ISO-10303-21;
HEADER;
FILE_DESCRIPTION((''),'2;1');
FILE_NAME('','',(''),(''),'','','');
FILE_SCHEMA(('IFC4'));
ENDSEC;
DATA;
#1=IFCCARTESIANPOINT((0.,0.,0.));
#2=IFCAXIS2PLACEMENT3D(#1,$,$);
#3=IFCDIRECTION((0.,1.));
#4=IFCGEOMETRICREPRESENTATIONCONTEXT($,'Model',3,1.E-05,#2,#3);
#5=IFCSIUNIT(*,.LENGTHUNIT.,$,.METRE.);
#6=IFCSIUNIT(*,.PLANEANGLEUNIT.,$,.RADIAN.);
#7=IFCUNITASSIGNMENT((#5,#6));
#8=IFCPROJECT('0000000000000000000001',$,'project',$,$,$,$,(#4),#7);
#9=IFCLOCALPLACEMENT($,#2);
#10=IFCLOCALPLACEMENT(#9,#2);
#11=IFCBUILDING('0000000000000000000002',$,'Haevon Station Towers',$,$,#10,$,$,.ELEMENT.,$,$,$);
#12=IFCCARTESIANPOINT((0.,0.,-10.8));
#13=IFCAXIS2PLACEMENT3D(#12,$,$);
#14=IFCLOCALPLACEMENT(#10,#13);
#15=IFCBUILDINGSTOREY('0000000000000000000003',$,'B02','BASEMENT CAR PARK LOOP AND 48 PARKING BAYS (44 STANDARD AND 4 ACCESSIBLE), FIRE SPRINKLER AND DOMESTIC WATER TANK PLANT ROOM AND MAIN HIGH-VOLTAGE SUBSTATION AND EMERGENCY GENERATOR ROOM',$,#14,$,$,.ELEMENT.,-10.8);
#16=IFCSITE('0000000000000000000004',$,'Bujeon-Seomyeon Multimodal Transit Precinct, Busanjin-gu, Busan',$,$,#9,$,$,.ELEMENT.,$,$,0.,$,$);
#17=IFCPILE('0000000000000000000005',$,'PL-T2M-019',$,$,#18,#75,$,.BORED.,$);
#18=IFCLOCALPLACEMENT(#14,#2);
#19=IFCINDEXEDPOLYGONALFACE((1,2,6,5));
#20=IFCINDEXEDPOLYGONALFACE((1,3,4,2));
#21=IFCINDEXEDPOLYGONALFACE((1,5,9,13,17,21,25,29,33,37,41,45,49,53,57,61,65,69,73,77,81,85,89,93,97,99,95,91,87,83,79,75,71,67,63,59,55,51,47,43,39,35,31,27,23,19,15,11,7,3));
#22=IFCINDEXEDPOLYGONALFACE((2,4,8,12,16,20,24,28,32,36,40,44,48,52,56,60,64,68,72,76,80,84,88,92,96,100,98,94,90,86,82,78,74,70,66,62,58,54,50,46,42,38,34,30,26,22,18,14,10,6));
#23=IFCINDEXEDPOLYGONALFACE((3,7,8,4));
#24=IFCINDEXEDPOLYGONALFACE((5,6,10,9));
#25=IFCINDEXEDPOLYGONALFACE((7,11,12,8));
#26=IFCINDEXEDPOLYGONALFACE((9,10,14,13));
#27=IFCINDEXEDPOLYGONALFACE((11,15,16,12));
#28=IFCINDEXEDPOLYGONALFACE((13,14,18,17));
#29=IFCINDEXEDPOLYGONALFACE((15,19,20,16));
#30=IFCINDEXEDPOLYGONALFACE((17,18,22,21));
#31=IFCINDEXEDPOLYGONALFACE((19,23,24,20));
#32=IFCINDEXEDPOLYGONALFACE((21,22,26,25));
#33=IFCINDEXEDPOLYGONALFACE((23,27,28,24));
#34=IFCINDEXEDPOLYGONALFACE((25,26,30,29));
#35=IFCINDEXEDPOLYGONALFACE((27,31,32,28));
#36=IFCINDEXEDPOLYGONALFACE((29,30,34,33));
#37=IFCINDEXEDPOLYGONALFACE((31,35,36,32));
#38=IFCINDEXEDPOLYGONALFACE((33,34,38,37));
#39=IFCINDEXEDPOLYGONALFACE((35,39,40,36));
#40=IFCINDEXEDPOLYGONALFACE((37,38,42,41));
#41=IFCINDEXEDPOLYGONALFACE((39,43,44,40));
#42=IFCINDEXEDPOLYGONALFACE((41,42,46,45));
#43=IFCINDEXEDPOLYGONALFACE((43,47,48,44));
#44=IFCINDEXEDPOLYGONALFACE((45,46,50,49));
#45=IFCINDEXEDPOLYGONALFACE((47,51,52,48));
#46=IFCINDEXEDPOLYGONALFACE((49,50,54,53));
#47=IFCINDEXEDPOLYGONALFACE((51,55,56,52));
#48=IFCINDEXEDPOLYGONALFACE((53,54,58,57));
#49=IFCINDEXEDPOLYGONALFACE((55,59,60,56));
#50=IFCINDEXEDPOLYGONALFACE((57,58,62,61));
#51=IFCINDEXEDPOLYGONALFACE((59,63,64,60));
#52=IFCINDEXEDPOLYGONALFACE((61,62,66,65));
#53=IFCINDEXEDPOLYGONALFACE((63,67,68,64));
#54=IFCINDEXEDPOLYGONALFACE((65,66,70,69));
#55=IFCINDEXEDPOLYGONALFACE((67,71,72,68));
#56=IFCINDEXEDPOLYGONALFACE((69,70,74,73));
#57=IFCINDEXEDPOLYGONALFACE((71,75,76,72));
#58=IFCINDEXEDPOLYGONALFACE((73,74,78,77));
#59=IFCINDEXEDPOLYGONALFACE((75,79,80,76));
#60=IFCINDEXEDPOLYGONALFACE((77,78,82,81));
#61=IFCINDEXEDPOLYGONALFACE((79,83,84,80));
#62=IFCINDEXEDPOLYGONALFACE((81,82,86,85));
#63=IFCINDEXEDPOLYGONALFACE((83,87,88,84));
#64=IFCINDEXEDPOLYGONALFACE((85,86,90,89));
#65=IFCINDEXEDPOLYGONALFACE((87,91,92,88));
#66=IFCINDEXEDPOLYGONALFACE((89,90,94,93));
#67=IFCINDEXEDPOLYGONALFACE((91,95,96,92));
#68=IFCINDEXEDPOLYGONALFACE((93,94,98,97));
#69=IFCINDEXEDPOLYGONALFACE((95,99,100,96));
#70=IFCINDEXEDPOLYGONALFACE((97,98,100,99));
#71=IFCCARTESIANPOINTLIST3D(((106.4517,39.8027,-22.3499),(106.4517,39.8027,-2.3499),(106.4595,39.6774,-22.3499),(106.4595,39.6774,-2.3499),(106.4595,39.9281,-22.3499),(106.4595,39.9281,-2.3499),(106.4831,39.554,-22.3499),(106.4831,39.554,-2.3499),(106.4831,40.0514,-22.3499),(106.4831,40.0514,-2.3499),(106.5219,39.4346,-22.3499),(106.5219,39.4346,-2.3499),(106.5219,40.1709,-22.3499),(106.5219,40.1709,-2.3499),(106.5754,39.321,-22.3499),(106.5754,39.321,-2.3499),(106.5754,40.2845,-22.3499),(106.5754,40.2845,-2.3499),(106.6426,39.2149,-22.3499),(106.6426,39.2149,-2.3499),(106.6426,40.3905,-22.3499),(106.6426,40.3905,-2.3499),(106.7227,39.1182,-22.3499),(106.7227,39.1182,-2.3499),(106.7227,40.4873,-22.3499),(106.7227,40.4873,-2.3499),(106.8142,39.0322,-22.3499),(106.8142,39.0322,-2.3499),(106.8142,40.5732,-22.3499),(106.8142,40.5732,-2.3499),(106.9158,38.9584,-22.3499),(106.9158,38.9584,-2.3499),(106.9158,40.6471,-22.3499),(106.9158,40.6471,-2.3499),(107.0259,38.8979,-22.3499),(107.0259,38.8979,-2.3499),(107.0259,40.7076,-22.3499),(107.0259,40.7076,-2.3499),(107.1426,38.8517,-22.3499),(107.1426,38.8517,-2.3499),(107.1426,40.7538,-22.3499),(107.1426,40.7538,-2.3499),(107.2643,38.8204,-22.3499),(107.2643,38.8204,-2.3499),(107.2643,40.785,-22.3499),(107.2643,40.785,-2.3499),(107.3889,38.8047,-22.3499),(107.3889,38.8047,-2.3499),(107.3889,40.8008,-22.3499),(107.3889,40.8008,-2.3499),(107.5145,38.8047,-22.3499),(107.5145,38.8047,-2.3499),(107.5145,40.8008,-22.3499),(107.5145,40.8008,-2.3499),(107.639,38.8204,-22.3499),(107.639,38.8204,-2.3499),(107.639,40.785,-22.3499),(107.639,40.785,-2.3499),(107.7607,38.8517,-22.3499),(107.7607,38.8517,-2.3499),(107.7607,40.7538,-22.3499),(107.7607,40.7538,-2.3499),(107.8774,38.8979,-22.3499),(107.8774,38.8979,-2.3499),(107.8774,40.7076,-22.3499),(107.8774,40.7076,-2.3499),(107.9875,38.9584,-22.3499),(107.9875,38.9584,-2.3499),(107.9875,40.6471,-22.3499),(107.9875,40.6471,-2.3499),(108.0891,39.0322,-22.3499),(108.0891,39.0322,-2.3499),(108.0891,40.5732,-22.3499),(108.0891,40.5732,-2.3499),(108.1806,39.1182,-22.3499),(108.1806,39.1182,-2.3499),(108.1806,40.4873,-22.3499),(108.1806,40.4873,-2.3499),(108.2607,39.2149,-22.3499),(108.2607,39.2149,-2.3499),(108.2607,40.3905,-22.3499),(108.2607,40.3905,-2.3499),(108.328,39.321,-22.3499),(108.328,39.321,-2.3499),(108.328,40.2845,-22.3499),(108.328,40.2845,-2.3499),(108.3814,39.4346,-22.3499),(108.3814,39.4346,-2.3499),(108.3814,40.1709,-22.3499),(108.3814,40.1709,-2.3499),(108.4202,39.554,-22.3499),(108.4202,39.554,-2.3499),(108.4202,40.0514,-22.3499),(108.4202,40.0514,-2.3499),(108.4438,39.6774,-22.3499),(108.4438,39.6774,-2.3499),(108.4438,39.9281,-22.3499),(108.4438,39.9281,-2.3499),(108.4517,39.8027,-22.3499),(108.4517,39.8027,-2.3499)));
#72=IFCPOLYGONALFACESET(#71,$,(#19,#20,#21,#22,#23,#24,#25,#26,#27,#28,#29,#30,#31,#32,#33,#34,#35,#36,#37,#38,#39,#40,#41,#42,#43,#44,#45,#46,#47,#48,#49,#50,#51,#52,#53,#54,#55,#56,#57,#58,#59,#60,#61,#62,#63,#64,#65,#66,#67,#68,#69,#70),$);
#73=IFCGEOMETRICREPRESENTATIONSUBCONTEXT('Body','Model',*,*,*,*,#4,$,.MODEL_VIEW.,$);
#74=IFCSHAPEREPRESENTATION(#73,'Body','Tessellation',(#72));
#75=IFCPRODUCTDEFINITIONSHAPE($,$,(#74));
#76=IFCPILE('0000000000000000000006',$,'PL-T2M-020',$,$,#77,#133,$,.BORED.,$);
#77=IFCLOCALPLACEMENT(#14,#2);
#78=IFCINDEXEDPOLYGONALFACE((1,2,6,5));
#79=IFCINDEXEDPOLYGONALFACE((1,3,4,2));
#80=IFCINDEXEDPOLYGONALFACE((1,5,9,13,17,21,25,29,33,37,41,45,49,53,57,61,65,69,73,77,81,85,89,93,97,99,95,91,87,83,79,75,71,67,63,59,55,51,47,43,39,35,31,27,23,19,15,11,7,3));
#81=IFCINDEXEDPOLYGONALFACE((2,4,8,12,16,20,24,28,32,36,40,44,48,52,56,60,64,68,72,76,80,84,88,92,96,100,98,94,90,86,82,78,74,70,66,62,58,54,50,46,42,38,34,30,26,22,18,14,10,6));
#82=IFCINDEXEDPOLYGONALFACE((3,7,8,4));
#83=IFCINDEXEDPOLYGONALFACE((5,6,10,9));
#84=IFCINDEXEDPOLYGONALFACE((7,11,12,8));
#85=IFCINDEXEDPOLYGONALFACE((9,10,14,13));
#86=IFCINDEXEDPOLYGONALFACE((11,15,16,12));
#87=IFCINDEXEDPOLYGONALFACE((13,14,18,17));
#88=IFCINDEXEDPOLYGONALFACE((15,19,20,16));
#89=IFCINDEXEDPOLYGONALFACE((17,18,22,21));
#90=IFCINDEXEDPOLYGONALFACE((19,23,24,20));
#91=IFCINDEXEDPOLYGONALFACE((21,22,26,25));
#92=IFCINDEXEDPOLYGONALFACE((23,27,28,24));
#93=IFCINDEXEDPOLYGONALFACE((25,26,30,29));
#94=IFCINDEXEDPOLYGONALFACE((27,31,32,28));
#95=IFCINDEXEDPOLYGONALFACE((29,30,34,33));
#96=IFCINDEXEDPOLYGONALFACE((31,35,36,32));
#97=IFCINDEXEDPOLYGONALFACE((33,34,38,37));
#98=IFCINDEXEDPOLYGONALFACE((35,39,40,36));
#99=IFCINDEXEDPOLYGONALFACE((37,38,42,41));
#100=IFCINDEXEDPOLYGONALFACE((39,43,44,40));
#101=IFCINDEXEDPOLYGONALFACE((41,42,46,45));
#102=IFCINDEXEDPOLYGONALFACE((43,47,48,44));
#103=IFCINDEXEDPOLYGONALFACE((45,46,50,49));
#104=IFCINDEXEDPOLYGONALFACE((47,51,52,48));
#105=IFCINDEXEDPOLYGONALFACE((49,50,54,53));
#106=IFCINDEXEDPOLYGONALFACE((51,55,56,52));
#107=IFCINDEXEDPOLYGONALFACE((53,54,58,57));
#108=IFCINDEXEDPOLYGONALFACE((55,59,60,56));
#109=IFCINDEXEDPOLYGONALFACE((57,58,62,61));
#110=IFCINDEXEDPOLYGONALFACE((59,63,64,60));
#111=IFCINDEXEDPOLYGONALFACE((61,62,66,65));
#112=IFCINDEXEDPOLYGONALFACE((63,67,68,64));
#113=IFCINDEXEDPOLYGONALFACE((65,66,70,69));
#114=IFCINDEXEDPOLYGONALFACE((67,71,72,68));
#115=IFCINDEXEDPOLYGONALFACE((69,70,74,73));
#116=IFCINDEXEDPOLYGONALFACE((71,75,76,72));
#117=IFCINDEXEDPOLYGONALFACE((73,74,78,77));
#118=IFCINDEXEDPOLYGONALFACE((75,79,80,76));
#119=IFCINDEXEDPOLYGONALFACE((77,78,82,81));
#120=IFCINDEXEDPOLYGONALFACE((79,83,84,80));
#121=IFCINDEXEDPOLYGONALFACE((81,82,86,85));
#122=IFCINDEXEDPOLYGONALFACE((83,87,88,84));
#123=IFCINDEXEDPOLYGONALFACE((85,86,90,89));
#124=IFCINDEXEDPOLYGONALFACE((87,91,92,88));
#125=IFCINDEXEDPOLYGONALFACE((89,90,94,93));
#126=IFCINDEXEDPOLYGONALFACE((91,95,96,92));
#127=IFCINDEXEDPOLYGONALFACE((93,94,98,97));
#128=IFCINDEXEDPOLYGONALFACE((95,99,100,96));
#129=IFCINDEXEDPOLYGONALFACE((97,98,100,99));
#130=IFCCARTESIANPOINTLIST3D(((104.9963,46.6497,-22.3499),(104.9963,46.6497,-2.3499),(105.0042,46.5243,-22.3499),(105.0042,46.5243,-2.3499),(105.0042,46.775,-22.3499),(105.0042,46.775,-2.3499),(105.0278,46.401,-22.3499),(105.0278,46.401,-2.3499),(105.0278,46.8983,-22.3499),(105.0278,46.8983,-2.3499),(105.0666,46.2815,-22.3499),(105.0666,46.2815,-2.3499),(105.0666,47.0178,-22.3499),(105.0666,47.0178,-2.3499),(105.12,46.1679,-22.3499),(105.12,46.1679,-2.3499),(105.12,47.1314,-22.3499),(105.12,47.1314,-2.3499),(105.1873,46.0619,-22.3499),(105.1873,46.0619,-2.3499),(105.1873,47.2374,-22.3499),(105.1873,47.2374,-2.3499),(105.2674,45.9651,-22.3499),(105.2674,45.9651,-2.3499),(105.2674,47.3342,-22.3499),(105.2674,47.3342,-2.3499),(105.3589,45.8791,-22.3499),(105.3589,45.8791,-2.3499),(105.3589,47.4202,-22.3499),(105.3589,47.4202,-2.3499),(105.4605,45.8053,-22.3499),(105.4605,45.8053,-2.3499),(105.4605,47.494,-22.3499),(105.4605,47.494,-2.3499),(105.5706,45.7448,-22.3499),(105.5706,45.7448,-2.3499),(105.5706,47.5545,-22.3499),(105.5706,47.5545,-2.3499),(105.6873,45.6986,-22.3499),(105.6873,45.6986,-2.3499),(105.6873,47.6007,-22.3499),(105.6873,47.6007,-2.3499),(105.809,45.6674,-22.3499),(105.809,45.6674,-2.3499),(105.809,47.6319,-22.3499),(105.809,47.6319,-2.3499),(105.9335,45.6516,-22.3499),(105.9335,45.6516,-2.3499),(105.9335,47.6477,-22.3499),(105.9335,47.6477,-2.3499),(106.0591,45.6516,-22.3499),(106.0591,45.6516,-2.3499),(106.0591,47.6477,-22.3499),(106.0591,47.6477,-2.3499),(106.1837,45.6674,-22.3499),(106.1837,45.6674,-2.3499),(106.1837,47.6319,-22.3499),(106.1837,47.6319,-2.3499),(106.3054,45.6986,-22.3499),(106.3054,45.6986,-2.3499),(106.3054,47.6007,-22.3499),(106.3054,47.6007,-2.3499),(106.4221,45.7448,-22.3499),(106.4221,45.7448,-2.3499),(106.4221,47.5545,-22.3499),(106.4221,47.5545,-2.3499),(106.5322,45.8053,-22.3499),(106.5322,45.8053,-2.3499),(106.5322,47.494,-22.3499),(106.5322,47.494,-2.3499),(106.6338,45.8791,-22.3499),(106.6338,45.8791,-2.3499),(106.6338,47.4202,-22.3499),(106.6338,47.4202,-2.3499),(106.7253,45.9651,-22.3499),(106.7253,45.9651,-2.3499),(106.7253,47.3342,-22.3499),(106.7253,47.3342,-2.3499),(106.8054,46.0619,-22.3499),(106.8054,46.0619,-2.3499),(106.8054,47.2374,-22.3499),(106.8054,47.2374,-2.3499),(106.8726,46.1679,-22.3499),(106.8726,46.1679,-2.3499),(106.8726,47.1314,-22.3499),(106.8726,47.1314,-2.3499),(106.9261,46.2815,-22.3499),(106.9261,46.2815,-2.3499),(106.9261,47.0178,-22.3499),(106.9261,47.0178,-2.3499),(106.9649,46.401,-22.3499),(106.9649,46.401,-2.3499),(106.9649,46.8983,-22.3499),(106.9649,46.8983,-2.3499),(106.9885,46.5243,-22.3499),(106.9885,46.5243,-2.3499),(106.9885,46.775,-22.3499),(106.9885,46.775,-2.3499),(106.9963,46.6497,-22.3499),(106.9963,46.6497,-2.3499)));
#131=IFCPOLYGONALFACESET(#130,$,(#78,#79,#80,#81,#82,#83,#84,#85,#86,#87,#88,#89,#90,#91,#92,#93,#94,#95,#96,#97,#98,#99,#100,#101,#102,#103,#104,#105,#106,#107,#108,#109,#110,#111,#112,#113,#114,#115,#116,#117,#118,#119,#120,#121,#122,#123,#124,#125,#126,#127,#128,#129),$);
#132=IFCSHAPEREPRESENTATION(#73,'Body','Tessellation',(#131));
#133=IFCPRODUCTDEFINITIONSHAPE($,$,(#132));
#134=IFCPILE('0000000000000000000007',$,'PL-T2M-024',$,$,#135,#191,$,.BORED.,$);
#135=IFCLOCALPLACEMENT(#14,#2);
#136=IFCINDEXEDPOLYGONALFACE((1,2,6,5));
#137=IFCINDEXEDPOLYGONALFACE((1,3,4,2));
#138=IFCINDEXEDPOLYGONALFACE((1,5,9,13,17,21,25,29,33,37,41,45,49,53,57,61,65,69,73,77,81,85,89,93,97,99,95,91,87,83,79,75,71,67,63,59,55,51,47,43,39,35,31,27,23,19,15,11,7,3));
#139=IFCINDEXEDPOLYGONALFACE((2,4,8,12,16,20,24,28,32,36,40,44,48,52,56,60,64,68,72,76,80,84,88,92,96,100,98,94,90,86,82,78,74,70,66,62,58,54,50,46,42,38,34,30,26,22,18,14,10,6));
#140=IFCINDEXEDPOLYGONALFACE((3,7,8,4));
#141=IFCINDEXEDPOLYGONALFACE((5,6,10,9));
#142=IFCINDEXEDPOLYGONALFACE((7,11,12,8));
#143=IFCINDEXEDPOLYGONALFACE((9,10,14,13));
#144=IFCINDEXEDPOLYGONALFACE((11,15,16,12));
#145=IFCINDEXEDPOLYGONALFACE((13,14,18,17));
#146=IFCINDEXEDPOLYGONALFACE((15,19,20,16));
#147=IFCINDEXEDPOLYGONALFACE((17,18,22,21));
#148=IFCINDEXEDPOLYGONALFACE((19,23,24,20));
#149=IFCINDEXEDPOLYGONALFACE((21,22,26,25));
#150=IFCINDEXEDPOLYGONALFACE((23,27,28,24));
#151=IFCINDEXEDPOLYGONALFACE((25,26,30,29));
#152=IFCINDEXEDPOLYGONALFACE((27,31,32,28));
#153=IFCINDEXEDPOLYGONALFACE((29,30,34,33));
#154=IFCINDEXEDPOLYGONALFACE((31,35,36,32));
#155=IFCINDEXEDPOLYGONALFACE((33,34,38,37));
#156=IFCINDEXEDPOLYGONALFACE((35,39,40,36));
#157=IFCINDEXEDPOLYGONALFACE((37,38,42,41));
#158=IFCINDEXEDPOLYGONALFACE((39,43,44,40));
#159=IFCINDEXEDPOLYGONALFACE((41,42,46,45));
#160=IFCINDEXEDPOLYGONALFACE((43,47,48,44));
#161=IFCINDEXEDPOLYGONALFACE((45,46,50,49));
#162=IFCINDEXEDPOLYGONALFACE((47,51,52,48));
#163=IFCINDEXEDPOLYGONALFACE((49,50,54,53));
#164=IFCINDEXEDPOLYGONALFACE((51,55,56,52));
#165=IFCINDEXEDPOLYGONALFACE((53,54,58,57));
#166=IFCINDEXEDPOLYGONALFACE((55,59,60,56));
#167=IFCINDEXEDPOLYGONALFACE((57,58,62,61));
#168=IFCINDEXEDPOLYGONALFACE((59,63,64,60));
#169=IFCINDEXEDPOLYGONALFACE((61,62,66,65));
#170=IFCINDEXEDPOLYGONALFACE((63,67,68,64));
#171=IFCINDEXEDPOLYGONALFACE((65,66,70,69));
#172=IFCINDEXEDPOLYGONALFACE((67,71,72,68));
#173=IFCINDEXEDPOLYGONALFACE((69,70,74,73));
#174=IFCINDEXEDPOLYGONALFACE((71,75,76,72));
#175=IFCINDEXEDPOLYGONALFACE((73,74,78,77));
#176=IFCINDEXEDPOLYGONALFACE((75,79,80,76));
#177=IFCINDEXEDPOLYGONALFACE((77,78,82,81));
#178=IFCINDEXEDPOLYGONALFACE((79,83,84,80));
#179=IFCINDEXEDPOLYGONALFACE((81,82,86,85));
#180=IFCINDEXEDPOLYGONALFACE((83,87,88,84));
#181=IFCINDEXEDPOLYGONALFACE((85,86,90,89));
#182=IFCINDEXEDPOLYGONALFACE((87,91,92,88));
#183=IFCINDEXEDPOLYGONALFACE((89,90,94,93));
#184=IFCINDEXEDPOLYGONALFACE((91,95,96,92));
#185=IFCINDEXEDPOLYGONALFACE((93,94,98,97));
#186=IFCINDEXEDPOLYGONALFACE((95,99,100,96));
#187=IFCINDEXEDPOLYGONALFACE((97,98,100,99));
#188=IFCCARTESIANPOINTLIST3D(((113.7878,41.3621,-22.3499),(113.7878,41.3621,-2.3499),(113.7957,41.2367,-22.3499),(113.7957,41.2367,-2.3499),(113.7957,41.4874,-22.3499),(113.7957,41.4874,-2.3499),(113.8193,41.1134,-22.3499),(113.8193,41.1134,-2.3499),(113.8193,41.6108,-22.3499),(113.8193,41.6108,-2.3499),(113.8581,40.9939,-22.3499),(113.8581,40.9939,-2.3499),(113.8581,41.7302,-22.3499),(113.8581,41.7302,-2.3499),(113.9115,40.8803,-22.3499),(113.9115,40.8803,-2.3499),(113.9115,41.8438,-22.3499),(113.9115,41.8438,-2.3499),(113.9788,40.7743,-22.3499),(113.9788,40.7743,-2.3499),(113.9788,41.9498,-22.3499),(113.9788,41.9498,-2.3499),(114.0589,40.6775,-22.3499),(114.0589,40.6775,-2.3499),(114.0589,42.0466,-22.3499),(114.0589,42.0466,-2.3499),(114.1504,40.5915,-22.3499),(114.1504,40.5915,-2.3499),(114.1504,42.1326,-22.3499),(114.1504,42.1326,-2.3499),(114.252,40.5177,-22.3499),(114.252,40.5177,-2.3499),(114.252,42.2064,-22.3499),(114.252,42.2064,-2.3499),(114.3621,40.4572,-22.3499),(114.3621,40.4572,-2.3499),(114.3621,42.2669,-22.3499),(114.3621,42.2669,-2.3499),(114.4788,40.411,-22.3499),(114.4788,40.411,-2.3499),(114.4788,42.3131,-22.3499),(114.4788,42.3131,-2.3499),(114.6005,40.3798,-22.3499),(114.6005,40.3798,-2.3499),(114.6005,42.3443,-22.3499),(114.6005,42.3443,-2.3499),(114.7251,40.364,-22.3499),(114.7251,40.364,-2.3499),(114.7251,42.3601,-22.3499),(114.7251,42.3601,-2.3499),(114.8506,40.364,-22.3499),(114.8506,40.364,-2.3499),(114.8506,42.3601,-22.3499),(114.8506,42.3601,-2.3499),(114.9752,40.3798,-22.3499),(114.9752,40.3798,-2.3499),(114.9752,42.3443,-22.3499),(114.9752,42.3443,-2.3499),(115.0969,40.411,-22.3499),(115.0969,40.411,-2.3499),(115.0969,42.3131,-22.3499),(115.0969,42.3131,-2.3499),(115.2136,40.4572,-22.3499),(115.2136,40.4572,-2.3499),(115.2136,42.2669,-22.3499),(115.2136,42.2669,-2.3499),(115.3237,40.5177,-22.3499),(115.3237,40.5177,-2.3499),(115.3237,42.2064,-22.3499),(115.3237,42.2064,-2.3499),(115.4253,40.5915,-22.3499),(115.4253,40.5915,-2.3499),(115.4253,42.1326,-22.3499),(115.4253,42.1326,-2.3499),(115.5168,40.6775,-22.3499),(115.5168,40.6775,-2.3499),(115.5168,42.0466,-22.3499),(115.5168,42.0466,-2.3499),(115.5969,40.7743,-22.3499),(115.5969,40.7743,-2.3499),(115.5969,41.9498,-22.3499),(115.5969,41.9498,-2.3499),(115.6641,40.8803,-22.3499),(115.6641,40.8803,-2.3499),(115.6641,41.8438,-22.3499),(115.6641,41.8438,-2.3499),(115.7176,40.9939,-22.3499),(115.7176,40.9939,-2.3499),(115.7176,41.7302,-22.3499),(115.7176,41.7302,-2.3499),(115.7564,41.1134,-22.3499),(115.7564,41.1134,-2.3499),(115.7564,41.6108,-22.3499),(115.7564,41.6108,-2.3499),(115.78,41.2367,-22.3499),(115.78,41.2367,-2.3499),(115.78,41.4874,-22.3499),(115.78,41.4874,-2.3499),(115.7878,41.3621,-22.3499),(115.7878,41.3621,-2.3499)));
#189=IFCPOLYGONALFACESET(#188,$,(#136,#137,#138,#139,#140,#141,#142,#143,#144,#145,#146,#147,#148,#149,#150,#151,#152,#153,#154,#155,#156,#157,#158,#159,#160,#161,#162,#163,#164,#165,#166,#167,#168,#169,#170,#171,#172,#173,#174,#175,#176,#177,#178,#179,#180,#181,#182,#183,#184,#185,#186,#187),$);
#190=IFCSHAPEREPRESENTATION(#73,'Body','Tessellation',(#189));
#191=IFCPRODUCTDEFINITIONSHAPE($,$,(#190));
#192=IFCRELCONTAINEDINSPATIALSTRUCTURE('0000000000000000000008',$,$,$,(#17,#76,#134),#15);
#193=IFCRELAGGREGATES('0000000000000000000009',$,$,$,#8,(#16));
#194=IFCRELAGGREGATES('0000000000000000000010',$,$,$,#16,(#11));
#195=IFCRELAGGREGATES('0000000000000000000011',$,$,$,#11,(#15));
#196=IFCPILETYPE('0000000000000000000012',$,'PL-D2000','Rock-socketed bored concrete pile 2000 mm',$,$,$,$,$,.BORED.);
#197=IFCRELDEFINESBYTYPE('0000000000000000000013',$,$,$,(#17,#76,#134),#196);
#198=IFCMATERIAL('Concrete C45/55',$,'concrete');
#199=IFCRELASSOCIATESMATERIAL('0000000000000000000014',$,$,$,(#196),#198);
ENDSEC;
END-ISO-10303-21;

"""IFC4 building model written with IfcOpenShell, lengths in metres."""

from ifc_helpers import new_model, si_unit, direction, frame, origin, origin_2d, place, context, subcontext, project, spatial, circle, extrude, material, material_profile, profile_set, type_object, element, save


model = new_model("IFC4")

# Units and contexts
model_context = context("Model", 3, precision=1e-05, world=origin(), true_north=direction((0.0, 1.0)))
body_context = subcontext(model_context, "Body", "Model", "MODEL_VIEW")
ifc_project = project(units=[si_unit("LENGTHUNIT", "METRE"), si_unit("PLANEANGLEUNIT", "RADIAN")], contexts=[model_context])

# Site, building, storey
site_placement = place(None, origin())
site = spatial("IfcSite", under=ifc_project, at=site_placement, Name="Bujeon-Seomyeon Multimodal Transit Precinct, Busanjin-gu, Busan", CompositionType="ELEMENT", RefElevation=0.0)
building_placement = place(site_placement, origin())
building = spatial("IfcBuilding", under=site, at=building_placement, Name="Haevon Station Towers", CompositionType="ELEMENT")
storey_placement = place(building_placement, frame((0.0, 0.0, -10.8)))
storey = spatial("IfcBuildingStorey", under=building, at=storey_placement, Name="B02", Description="BASEMENT CAR PARK LOOP AND 48 PARKING BAYS (44 STANDARD AND 4 ACCESSIBLE), FIRE SPRINKLER AND DOMESTIC WATER TANK PLANT ROOM AND MAIN HIGH-VOLTAGE SUBSTATION AND EMERGENCY GENERATOR ROOM", CompositionType="ELEMENT", Elevation=-10.8)

# Piles
ifc_material_1 = material(Name="Concrete C45/55", Category="concrete")
ifc_material_profile_1 = material_profile(ifc_material_1, circle(Radius=1.0, at=origin_2d()), Name="PILE-D2000")
ifc_profile_set_1 = profile_set([ifc_material_profile_1], Name="Concrete C45/55")
pile_type = type_object("IfcPileType", Name="PL-D2000", Description="Rock-socketed bored concrete pile 2000 mm", PredefinedType="BORED", material=ifc_profile_set_1)
for number, where, z_axis, x_axis, name in (
    (1, (107.4517, 39.8027, -2.3499), (0.0, 0.0, -1.0), (1.0, 0.0, 0.0), "PL-T2M-019"),
    (2, (105.9963, 46.6497, -2.3499), (0.0, 0.0, -1.0), (1.0, 0.0, 0.0), "PL-T2M-020"),
    (3, (114.7878, 41.3621, -2.3499), (0.0, 0.0, -1.0), (1.0, 0.0, 0.0), "PL-T2M-024"),
):
    element("IfcPile", number, at=place(storey_placement, frame(where, z_axis=z_axis, x_axis=x_axis)), inside=storey, type_object=pile_type, Name=name, PredefinedType="BORED", context=body_context, shape_type="SweptSolid", body=[
        extrude(circle(Radius=1.0, at=origin_2d()), origin(), (0.0, 0.0, 1.0), 20.0),
    ])

save(model, "model.ifc")
